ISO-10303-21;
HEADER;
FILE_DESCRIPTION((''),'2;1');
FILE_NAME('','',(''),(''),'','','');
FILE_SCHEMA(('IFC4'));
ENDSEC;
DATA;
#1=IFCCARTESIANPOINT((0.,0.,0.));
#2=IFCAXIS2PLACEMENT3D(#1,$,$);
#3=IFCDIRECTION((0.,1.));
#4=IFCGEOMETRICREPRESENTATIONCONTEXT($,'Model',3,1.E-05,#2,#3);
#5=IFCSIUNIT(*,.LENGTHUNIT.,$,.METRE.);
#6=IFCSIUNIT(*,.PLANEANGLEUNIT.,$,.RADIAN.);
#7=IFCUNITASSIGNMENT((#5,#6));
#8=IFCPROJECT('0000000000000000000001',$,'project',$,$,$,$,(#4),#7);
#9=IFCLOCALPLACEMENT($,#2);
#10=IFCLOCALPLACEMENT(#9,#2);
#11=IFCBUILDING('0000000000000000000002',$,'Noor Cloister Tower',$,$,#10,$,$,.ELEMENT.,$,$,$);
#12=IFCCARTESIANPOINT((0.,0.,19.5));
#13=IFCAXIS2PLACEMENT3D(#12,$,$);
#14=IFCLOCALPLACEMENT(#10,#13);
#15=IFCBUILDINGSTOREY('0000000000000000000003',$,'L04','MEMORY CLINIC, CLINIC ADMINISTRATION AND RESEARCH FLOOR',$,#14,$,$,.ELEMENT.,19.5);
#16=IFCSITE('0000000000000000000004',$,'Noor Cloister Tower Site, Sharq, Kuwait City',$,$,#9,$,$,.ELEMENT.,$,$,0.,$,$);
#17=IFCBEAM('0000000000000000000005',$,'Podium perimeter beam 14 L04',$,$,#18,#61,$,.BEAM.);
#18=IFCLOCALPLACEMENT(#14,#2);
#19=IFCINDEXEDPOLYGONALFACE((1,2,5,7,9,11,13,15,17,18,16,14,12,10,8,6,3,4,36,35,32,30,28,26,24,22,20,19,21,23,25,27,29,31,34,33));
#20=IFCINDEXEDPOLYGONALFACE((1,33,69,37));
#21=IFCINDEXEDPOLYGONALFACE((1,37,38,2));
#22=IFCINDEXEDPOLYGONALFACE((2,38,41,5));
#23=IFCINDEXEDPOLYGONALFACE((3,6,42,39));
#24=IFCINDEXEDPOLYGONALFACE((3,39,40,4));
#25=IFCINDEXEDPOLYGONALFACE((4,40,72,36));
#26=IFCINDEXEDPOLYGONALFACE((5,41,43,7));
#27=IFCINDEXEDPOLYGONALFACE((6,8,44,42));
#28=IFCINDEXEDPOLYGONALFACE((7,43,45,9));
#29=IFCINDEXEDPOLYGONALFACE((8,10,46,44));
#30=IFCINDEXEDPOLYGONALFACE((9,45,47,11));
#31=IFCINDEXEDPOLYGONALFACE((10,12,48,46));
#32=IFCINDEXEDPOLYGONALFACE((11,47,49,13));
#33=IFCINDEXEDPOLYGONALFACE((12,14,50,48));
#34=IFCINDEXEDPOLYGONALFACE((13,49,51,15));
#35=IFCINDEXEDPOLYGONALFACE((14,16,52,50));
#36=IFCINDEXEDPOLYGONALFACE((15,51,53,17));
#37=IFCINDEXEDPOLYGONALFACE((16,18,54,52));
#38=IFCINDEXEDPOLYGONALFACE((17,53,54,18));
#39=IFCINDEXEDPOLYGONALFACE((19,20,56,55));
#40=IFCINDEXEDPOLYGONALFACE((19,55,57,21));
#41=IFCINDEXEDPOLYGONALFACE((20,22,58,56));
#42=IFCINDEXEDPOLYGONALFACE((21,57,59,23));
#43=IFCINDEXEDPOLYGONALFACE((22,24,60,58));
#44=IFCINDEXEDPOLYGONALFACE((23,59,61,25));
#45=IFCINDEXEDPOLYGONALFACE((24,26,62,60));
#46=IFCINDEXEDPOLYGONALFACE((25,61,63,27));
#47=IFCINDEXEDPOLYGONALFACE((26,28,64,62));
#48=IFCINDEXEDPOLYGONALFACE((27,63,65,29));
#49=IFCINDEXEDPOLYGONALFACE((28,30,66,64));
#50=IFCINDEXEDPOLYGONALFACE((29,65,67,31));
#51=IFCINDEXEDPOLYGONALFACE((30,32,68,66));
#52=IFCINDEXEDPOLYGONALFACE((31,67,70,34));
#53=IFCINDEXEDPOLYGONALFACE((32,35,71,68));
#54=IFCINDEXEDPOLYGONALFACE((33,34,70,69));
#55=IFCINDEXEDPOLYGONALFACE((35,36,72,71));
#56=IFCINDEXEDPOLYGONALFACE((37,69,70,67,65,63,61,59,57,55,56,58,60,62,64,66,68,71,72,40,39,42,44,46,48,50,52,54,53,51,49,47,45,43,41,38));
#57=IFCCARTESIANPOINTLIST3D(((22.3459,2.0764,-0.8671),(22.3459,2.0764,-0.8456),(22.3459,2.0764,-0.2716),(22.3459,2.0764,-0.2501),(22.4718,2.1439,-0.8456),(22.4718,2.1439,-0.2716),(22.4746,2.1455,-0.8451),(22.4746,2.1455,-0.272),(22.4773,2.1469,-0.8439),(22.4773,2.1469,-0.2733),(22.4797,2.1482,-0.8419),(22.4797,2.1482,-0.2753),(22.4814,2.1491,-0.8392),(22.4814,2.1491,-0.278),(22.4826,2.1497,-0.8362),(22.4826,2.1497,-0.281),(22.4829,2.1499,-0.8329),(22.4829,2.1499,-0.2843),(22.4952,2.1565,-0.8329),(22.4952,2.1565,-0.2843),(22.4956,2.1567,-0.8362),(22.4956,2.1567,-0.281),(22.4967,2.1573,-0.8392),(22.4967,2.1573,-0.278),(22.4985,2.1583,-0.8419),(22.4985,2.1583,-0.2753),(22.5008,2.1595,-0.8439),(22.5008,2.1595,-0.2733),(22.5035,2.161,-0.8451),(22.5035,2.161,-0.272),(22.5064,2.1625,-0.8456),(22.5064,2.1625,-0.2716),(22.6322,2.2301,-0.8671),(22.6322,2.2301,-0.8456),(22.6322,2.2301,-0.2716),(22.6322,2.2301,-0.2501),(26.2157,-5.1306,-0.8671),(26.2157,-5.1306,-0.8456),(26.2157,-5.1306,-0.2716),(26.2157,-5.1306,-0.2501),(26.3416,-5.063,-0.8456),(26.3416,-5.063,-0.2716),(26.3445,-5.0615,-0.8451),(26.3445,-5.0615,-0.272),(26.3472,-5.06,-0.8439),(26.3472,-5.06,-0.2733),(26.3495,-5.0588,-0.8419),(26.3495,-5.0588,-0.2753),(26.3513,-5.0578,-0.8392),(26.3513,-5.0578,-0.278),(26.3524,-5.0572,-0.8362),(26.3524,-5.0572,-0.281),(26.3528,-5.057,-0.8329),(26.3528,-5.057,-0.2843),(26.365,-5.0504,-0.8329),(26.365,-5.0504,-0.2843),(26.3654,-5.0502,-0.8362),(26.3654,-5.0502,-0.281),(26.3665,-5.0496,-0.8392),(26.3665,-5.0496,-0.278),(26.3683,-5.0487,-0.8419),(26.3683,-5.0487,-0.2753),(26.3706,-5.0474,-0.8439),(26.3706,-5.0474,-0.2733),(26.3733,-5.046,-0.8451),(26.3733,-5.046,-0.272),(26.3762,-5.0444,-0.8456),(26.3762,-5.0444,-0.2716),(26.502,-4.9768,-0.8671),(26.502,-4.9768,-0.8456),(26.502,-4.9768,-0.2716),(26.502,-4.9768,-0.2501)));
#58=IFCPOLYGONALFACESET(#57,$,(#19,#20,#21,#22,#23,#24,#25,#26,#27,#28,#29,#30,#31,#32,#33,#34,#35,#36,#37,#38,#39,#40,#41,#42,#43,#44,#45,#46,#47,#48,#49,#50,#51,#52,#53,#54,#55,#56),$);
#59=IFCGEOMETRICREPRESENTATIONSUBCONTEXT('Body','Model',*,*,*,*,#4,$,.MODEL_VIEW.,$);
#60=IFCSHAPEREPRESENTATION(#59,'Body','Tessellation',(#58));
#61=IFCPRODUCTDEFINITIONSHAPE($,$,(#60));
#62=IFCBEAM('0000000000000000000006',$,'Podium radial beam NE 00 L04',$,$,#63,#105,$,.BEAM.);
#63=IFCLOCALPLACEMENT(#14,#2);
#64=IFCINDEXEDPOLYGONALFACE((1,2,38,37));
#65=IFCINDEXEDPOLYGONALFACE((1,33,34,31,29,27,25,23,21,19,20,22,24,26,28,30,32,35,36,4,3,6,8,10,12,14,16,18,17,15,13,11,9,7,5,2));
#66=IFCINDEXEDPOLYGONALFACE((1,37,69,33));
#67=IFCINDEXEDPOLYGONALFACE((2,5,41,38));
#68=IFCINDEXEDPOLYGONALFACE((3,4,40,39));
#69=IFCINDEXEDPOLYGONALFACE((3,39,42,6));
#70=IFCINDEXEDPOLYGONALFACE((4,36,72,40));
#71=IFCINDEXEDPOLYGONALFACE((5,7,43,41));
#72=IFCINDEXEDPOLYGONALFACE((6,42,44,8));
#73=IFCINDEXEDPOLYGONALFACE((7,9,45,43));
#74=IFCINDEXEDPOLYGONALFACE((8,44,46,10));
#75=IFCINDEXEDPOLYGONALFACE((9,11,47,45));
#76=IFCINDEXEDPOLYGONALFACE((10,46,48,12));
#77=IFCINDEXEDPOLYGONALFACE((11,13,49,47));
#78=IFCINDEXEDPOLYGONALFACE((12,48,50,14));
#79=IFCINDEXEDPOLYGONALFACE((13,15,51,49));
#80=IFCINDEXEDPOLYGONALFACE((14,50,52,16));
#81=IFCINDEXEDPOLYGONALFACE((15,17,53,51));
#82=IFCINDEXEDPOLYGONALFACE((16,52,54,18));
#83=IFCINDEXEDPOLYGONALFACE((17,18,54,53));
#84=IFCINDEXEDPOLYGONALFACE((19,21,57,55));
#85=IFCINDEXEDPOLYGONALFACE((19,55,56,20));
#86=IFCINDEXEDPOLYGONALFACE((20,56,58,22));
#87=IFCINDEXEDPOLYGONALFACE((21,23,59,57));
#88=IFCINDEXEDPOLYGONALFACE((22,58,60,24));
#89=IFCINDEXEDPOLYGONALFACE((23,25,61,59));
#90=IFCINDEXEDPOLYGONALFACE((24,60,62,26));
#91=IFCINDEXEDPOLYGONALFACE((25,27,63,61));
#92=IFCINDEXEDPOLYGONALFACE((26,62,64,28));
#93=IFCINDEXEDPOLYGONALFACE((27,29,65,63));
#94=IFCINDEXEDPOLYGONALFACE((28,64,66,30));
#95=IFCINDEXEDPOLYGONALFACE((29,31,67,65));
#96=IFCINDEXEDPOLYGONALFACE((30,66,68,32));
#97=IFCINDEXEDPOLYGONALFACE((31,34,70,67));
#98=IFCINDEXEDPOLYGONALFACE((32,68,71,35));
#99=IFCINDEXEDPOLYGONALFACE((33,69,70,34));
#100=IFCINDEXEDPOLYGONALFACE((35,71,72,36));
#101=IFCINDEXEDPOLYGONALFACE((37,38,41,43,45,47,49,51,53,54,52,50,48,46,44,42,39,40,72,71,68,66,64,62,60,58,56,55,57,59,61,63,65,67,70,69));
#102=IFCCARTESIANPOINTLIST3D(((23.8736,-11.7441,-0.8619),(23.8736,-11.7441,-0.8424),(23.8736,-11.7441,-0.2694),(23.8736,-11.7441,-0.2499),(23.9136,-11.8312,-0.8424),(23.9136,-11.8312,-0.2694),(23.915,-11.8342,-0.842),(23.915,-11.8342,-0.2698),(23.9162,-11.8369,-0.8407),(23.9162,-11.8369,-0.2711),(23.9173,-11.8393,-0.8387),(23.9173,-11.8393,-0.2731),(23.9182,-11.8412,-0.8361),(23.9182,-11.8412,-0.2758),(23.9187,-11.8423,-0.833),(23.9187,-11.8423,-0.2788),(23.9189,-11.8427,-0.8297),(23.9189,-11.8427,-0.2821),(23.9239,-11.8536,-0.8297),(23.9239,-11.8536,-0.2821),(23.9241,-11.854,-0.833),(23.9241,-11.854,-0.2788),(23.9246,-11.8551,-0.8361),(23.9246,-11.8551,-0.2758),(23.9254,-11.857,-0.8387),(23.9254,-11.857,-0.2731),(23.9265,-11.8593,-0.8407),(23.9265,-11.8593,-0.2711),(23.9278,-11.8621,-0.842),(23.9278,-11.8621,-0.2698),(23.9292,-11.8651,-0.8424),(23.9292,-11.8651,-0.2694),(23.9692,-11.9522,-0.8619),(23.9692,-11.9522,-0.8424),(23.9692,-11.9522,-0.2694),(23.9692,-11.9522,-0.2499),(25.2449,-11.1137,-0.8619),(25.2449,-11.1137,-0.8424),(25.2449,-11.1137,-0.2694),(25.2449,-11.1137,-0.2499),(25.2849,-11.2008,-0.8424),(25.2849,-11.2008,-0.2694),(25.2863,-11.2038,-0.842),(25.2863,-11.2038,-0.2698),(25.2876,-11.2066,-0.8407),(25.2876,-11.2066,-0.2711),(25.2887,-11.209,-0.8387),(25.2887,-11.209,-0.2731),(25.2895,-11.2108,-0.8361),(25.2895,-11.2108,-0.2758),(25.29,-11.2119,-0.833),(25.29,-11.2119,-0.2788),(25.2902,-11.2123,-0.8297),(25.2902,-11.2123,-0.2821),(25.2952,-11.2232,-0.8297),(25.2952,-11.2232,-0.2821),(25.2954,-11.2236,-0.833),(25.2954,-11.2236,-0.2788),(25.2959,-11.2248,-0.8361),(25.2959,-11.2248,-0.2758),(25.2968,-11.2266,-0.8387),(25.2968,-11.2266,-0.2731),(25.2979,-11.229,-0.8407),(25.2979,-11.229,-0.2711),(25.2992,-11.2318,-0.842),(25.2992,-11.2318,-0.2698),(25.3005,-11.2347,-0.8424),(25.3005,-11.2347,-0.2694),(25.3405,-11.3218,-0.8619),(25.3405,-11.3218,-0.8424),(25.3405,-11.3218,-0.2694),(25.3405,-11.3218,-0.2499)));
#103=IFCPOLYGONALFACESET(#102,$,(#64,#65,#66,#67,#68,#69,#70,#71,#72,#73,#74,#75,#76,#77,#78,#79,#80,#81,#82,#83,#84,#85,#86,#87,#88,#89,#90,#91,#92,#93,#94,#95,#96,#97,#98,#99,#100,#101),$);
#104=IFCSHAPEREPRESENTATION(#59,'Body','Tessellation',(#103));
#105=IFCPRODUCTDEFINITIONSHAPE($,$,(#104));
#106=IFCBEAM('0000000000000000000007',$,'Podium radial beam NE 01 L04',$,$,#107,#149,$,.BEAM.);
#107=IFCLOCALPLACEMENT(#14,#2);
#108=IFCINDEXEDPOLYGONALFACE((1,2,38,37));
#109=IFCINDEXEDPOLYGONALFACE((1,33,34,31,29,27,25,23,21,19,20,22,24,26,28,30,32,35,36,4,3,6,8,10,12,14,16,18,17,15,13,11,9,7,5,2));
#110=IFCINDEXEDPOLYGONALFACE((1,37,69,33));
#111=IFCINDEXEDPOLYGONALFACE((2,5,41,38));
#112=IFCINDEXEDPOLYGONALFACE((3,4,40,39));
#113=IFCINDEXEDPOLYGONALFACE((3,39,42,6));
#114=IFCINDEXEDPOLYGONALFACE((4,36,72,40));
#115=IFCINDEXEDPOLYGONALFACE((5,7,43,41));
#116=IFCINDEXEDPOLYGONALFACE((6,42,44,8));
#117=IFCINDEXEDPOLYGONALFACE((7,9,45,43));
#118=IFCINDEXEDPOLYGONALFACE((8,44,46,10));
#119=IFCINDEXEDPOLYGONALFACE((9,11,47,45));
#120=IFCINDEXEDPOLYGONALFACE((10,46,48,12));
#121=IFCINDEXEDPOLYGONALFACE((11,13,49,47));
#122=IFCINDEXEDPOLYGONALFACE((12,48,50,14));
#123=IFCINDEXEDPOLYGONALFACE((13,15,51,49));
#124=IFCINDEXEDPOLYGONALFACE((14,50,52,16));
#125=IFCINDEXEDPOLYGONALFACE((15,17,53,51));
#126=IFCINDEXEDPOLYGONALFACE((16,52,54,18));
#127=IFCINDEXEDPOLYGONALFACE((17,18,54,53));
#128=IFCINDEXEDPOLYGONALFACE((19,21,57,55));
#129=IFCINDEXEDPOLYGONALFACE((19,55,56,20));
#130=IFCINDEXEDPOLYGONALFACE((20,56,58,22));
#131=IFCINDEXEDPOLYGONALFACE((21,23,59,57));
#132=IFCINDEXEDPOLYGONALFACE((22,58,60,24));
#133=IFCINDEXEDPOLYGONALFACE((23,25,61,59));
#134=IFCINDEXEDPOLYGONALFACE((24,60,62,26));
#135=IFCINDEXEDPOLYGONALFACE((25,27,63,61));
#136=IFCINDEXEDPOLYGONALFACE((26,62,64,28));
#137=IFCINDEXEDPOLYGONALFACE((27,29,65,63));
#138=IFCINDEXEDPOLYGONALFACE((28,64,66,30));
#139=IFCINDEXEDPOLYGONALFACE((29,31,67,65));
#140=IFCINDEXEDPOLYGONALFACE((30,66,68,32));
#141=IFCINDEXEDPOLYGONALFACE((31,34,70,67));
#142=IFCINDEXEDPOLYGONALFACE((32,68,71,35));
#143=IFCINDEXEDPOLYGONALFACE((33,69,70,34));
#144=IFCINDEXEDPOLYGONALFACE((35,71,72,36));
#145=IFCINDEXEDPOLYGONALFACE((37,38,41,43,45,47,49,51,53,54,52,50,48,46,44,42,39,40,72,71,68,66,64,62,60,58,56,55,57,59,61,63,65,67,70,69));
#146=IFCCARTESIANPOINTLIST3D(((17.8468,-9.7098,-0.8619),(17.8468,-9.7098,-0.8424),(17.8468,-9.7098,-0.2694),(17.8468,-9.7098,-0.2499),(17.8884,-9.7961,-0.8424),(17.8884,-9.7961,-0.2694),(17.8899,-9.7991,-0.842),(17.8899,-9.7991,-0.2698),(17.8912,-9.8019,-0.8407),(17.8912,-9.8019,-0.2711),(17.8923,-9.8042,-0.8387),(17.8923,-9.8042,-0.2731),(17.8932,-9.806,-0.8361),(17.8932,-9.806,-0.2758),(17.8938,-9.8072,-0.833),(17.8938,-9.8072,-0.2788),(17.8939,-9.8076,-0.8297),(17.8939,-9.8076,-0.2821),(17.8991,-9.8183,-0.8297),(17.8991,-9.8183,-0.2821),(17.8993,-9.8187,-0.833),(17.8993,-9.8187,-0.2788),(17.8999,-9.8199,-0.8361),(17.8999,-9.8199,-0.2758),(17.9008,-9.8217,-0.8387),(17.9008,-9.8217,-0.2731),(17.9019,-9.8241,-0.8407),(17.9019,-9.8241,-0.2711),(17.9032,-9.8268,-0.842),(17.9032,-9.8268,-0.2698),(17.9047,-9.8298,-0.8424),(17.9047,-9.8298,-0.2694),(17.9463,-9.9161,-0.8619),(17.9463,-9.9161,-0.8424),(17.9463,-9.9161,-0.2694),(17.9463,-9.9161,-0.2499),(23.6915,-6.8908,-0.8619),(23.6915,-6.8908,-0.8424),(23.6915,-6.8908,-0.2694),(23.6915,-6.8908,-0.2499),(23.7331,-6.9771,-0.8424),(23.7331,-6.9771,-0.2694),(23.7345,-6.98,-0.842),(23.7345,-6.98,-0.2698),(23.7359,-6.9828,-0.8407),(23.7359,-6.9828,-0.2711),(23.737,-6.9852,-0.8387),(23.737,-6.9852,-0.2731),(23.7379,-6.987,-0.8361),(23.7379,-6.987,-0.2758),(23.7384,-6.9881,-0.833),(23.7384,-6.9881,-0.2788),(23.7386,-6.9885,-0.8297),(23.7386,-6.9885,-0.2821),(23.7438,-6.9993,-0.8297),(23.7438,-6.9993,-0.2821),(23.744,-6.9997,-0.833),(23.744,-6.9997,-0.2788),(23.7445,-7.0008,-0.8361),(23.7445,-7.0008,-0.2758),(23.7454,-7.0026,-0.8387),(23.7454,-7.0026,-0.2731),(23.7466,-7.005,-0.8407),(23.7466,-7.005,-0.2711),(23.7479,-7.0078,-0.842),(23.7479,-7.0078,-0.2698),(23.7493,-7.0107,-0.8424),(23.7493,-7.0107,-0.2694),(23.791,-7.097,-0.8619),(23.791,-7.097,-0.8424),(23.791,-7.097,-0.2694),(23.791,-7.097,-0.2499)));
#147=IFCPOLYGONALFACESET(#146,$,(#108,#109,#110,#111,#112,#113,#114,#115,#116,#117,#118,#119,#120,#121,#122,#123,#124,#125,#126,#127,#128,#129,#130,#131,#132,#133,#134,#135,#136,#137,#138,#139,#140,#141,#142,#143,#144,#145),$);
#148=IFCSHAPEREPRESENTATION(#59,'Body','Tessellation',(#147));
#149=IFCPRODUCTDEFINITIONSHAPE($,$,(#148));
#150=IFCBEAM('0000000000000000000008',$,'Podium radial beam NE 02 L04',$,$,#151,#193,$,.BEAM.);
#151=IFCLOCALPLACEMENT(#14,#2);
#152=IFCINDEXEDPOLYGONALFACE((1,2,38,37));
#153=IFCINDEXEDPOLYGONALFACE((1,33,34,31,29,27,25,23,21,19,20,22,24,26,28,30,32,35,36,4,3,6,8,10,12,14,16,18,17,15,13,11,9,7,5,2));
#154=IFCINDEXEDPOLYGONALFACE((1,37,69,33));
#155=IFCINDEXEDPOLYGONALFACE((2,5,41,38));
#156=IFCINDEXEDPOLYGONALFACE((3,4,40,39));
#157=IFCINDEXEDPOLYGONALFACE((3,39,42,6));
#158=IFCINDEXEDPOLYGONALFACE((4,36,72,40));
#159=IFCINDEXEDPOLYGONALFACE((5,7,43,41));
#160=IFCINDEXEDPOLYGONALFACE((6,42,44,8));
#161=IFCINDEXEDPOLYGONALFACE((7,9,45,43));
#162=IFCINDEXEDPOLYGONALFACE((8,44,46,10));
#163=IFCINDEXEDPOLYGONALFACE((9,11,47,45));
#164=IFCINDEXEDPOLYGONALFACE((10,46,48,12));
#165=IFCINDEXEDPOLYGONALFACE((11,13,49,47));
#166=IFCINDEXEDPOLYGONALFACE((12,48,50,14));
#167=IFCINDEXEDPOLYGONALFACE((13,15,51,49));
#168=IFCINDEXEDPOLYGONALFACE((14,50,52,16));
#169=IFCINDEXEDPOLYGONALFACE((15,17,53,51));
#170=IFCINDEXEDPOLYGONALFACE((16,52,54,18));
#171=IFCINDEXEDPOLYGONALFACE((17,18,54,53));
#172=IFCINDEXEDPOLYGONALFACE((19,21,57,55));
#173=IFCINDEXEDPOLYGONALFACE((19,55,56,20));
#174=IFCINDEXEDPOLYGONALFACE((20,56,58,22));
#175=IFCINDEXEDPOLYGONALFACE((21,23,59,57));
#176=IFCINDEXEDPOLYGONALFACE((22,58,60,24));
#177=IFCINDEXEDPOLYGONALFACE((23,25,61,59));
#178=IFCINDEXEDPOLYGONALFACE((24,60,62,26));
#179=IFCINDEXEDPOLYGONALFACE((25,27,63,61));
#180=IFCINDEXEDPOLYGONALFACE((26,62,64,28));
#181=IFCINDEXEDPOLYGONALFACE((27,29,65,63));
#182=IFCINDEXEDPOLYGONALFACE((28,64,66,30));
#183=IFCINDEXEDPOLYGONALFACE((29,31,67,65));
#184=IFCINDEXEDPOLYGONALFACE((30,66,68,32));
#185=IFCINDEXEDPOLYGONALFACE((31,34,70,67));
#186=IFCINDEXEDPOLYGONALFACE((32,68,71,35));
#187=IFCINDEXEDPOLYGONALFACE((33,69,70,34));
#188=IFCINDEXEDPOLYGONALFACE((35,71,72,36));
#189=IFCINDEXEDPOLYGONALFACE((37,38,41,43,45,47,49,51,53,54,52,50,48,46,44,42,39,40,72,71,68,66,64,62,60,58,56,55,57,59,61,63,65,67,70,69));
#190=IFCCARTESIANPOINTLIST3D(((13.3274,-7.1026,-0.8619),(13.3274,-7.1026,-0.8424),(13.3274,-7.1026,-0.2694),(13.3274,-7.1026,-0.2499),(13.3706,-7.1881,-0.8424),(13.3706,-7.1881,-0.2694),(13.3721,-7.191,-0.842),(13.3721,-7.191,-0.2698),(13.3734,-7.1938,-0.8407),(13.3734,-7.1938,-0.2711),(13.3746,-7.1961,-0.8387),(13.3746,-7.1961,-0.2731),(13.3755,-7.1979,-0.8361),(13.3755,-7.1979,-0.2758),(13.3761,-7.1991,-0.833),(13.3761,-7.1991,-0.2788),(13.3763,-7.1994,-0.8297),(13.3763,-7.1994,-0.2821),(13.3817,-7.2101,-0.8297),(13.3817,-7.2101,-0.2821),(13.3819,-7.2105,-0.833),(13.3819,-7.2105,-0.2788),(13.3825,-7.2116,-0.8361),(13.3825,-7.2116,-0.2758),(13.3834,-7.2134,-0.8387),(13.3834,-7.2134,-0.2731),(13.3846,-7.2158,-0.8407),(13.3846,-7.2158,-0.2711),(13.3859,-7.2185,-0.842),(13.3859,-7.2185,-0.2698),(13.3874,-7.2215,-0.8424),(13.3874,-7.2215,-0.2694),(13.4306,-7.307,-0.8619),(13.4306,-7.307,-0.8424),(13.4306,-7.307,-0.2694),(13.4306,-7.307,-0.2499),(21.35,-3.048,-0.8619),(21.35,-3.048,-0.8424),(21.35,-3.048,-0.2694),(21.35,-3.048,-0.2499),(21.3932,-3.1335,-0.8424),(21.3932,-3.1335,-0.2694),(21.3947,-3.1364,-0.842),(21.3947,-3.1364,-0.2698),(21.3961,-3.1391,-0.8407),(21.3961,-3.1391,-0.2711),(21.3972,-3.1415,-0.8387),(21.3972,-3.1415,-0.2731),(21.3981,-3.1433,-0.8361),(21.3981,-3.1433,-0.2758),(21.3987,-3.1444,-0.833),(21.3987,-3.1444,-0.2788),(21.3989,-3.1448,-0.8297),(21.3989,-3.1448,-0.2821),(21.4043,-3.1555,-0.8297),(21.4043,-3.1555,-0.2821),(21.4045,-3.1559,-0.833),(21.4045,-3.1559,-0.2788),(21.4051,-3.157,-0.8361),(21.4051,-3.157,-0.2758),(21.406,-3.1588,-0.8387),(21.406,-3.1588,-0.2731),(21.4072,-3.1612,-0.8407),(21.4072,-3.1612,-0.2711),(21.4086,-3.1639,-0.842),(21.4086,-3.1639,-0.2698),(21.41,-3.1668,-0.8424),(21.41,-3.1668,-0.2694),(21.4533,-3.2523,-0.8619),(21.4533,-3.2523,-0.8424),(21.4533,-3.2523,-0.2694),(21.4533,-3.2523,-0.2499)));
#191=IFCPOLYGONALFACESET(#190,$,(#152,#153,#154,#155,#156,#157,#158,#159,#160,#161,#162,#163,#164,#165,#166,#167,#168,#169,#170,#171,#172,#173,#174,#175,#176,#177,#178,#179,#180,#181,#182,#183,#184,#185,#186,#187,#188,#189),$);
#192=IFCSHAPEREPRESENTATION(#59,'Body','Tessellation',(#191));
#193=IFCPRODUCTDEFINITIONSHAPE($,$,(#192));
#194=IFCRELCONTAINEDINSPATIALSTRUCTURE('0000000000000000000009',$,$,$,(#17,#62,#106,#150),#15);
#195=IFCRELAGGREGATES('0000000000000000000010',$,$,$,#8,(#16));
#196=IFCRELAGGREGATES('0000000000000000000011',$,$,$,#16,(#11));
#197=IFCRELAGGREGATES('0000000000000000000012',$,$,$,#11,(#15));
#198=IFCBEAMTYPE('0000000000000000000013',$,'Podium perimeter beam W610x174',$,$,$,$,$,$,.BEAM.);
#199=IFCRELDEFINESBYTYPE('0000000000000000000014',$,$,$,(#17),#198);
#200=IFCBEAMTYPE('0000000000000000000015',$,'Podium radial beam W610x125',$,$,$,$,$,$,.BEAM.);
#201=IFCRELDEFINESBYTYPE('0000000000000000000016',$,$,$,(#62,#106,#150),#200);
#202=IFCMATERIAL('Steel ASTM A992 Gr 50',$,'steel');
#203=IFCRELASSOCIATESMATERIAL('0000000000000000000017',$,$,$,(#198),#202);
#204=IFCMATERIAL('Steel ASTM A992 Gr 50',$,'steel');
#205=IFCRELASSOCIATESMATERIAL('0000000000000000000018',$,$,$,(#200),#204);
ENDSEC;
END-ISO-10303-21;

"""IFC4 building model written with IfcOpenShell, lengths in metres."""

from ifc_helpers import new_model, si_unit, direction, frame, origin, origin_2d, place, context, subcontext, project, spatial, i_section, extrude, material, material_profile, profile_set, type_object, element, save


model = new_model("IFC4")

# Units and contexts
model_context = context("Model", 3, precision=1e-05, world=origin(), true_north=direction((0.0, 1.0)))
body_context = subcontext(model_context, "Body", "Model", "MODEL_VIEW")
ifc_project = project(units=[si_unit("LENGTHUNIT", "METRE"), si_unit("PLANEANGLEUNIT", "RADIAN")], contexts=[model_context])

# Site, building, storey
site_placement = place(None, origin())
site = spatial("IfcSite", under=ifc_project, at=site_placement, Name="Noor Cloister Tower Site, Sharq, Kuwait City", CompositionType="ELEMENT", RefElevation=0.0)
building_placement = place(site_placement, origin())
building = spatial("IfcBuilding", under=site, at=building_placement, Name="Noor Cloister Tower", CompositionType="ELEMENT")
storey_placement = place(building_placement, frame((0.0, 0.0, 19.5)))
storey = spatial("IfcBuildingStorey", under=building, at=storey_placement, Name="L04", Description="MEMORY CLINIC, CLINIC ADMINISTRATION AND RESEARCH FLOOR", CompositionType="ELEMENT", Elevation=19.5)

# Beams
ifc_material_1 = material(Name="Steel ASTM A992 Gr 50", Category="steel")
ifc_material_profile_1 = material_profile(ifc_material_1, i_section(OverallWidth=0.325, OverallDepth=0.6169, WebThickness=0.0139, FlangeThickness=0.0215, FilletRadius=0.0127, at=origin_2d()), Name="W610x174")
ifc_profile_set_1 = profile_set([ifc_material_profile_1], Name="Steel ASTM A992 Gr 50")
beam_type_1 = type_object("IfcBeamType", Name="Podium perimeter beam W610x174", PredefinedType="BEAM", material=ifc_profile_set_1)
beam_1_placement = place(storey_placement, frame((26.3589, -5.0537, -0.5586), z_axis=(-0.473073, 0.881023, 0.0), x_axis=(-0.881023, -0.473073, 0.0)))
element("IfcBeam", 1, at=beam_1_placement, inside=storey, type_object=beam_type_1, Name="Podium perimeter beam 14 L04", PredefinedType="BEAM", context=body_context, shape_type="SweptSolid", body=[
    extrude(i_section(OverallWidth=0.325, OverallDepth=0.6169, WebThickness=0.0139, FlangeThickness=0.0215, FilletRadius=0.0127, at=origin_2d()), origin(), (0.0, 0.0, 1.0), 8.1802),
])
ifc_material_2 = material(Name="Steel ASTM A992 Gr 50", Category="steel")
ifc_material_profile_2 = material_profile(ifc_material_2, i_section(OverallWidth=0.229, OverallDepth=0.6121, WebThickness=0.012, FlangeThickness=0.0195, FilletRadius=0.0127, at=origin_2d()), Name="W610x125")
ifc_profile_set_2 = profile_set([ifc_material_profile_2], Name="Steel ASTM A992 Gr 50")
beam_type_2 = type_object("IfcBeamType", Name="Podium radial beam W610x125", PredefinedType="BEAM", material=ifc_profile_set_2)
beam_2_placement = place(storey_placement, frame((25.2927, -11.2178, -0.5559), z_axis=(-0.908602, -0.417663, 0.0), x_axis=(0.417663, -0.908602, 0.0)))
element("IfcBeam", 2, at=beam_2_placement, inside=storey, type_object=beam_type_2, Name="Podium radial beam NE 00 L04", PredefinedType="BEAM", context=body_context, shape_type="SweptSolid", body=[
    extrude(i_section(OverallWidth=0.229, OverallDepth=0.6121, WebThickness=0.012, FlangeThickness=0.0195, FilletRadius=0.0127, at=origin_2d()), origin(), (0.0, 0.0, 1.0), 1.5093),
])
beam_3_placement = place(storey_placement, frame((23.7412, -6.9939, -0.5559), z_axis=(-0.900702, -0.434437, 0.0), x_axis=(0.434437, -0.900702, 0.0)))
element("IfcBeam", 3, at=beam_3_placement, inside=storey, type_object=beam_type_2, Name="Podium radial beam NE 01 L04", PredefinedType="BEAM", context=body_context, shape_type="SweptSolid", body=[
    extrude(i_section(OverallWidth=0.229, OverallDepth=0.6121, WebThickness=0.012, FlangeThickness=0.0195, FilletRadius=0.0127, at=origin_2d()), origin(), (0.0, 0.0, 1.0), 6.489),
])
beam_4_placement = place(storey_placement, frame((21.4016, -3.1501, -0.5559), z_axis=(-0.892491, -0.451066, 0.0), x_axis=(0.451066, -0.892491, 0.0)))
element("IfcBeam", 4, at=beam_4_placement, inside=storey, type_object=beam_type_2, Name="Podium radial beam NE 02 L04", PredefinedType="BEAM", context=body_context, shape_type="SweptSolid", body=[
    extrude(i_section(OverallWidth=0.229, OverallDepth=0.6121, WebThickness=0.012, FlangeThickness=0.0195, FilletRadius=0.0127, at=origin_2d()), origin(), (0.0, 0.0, 1.0), 8.989),
])

save(model, "model.ifc")
